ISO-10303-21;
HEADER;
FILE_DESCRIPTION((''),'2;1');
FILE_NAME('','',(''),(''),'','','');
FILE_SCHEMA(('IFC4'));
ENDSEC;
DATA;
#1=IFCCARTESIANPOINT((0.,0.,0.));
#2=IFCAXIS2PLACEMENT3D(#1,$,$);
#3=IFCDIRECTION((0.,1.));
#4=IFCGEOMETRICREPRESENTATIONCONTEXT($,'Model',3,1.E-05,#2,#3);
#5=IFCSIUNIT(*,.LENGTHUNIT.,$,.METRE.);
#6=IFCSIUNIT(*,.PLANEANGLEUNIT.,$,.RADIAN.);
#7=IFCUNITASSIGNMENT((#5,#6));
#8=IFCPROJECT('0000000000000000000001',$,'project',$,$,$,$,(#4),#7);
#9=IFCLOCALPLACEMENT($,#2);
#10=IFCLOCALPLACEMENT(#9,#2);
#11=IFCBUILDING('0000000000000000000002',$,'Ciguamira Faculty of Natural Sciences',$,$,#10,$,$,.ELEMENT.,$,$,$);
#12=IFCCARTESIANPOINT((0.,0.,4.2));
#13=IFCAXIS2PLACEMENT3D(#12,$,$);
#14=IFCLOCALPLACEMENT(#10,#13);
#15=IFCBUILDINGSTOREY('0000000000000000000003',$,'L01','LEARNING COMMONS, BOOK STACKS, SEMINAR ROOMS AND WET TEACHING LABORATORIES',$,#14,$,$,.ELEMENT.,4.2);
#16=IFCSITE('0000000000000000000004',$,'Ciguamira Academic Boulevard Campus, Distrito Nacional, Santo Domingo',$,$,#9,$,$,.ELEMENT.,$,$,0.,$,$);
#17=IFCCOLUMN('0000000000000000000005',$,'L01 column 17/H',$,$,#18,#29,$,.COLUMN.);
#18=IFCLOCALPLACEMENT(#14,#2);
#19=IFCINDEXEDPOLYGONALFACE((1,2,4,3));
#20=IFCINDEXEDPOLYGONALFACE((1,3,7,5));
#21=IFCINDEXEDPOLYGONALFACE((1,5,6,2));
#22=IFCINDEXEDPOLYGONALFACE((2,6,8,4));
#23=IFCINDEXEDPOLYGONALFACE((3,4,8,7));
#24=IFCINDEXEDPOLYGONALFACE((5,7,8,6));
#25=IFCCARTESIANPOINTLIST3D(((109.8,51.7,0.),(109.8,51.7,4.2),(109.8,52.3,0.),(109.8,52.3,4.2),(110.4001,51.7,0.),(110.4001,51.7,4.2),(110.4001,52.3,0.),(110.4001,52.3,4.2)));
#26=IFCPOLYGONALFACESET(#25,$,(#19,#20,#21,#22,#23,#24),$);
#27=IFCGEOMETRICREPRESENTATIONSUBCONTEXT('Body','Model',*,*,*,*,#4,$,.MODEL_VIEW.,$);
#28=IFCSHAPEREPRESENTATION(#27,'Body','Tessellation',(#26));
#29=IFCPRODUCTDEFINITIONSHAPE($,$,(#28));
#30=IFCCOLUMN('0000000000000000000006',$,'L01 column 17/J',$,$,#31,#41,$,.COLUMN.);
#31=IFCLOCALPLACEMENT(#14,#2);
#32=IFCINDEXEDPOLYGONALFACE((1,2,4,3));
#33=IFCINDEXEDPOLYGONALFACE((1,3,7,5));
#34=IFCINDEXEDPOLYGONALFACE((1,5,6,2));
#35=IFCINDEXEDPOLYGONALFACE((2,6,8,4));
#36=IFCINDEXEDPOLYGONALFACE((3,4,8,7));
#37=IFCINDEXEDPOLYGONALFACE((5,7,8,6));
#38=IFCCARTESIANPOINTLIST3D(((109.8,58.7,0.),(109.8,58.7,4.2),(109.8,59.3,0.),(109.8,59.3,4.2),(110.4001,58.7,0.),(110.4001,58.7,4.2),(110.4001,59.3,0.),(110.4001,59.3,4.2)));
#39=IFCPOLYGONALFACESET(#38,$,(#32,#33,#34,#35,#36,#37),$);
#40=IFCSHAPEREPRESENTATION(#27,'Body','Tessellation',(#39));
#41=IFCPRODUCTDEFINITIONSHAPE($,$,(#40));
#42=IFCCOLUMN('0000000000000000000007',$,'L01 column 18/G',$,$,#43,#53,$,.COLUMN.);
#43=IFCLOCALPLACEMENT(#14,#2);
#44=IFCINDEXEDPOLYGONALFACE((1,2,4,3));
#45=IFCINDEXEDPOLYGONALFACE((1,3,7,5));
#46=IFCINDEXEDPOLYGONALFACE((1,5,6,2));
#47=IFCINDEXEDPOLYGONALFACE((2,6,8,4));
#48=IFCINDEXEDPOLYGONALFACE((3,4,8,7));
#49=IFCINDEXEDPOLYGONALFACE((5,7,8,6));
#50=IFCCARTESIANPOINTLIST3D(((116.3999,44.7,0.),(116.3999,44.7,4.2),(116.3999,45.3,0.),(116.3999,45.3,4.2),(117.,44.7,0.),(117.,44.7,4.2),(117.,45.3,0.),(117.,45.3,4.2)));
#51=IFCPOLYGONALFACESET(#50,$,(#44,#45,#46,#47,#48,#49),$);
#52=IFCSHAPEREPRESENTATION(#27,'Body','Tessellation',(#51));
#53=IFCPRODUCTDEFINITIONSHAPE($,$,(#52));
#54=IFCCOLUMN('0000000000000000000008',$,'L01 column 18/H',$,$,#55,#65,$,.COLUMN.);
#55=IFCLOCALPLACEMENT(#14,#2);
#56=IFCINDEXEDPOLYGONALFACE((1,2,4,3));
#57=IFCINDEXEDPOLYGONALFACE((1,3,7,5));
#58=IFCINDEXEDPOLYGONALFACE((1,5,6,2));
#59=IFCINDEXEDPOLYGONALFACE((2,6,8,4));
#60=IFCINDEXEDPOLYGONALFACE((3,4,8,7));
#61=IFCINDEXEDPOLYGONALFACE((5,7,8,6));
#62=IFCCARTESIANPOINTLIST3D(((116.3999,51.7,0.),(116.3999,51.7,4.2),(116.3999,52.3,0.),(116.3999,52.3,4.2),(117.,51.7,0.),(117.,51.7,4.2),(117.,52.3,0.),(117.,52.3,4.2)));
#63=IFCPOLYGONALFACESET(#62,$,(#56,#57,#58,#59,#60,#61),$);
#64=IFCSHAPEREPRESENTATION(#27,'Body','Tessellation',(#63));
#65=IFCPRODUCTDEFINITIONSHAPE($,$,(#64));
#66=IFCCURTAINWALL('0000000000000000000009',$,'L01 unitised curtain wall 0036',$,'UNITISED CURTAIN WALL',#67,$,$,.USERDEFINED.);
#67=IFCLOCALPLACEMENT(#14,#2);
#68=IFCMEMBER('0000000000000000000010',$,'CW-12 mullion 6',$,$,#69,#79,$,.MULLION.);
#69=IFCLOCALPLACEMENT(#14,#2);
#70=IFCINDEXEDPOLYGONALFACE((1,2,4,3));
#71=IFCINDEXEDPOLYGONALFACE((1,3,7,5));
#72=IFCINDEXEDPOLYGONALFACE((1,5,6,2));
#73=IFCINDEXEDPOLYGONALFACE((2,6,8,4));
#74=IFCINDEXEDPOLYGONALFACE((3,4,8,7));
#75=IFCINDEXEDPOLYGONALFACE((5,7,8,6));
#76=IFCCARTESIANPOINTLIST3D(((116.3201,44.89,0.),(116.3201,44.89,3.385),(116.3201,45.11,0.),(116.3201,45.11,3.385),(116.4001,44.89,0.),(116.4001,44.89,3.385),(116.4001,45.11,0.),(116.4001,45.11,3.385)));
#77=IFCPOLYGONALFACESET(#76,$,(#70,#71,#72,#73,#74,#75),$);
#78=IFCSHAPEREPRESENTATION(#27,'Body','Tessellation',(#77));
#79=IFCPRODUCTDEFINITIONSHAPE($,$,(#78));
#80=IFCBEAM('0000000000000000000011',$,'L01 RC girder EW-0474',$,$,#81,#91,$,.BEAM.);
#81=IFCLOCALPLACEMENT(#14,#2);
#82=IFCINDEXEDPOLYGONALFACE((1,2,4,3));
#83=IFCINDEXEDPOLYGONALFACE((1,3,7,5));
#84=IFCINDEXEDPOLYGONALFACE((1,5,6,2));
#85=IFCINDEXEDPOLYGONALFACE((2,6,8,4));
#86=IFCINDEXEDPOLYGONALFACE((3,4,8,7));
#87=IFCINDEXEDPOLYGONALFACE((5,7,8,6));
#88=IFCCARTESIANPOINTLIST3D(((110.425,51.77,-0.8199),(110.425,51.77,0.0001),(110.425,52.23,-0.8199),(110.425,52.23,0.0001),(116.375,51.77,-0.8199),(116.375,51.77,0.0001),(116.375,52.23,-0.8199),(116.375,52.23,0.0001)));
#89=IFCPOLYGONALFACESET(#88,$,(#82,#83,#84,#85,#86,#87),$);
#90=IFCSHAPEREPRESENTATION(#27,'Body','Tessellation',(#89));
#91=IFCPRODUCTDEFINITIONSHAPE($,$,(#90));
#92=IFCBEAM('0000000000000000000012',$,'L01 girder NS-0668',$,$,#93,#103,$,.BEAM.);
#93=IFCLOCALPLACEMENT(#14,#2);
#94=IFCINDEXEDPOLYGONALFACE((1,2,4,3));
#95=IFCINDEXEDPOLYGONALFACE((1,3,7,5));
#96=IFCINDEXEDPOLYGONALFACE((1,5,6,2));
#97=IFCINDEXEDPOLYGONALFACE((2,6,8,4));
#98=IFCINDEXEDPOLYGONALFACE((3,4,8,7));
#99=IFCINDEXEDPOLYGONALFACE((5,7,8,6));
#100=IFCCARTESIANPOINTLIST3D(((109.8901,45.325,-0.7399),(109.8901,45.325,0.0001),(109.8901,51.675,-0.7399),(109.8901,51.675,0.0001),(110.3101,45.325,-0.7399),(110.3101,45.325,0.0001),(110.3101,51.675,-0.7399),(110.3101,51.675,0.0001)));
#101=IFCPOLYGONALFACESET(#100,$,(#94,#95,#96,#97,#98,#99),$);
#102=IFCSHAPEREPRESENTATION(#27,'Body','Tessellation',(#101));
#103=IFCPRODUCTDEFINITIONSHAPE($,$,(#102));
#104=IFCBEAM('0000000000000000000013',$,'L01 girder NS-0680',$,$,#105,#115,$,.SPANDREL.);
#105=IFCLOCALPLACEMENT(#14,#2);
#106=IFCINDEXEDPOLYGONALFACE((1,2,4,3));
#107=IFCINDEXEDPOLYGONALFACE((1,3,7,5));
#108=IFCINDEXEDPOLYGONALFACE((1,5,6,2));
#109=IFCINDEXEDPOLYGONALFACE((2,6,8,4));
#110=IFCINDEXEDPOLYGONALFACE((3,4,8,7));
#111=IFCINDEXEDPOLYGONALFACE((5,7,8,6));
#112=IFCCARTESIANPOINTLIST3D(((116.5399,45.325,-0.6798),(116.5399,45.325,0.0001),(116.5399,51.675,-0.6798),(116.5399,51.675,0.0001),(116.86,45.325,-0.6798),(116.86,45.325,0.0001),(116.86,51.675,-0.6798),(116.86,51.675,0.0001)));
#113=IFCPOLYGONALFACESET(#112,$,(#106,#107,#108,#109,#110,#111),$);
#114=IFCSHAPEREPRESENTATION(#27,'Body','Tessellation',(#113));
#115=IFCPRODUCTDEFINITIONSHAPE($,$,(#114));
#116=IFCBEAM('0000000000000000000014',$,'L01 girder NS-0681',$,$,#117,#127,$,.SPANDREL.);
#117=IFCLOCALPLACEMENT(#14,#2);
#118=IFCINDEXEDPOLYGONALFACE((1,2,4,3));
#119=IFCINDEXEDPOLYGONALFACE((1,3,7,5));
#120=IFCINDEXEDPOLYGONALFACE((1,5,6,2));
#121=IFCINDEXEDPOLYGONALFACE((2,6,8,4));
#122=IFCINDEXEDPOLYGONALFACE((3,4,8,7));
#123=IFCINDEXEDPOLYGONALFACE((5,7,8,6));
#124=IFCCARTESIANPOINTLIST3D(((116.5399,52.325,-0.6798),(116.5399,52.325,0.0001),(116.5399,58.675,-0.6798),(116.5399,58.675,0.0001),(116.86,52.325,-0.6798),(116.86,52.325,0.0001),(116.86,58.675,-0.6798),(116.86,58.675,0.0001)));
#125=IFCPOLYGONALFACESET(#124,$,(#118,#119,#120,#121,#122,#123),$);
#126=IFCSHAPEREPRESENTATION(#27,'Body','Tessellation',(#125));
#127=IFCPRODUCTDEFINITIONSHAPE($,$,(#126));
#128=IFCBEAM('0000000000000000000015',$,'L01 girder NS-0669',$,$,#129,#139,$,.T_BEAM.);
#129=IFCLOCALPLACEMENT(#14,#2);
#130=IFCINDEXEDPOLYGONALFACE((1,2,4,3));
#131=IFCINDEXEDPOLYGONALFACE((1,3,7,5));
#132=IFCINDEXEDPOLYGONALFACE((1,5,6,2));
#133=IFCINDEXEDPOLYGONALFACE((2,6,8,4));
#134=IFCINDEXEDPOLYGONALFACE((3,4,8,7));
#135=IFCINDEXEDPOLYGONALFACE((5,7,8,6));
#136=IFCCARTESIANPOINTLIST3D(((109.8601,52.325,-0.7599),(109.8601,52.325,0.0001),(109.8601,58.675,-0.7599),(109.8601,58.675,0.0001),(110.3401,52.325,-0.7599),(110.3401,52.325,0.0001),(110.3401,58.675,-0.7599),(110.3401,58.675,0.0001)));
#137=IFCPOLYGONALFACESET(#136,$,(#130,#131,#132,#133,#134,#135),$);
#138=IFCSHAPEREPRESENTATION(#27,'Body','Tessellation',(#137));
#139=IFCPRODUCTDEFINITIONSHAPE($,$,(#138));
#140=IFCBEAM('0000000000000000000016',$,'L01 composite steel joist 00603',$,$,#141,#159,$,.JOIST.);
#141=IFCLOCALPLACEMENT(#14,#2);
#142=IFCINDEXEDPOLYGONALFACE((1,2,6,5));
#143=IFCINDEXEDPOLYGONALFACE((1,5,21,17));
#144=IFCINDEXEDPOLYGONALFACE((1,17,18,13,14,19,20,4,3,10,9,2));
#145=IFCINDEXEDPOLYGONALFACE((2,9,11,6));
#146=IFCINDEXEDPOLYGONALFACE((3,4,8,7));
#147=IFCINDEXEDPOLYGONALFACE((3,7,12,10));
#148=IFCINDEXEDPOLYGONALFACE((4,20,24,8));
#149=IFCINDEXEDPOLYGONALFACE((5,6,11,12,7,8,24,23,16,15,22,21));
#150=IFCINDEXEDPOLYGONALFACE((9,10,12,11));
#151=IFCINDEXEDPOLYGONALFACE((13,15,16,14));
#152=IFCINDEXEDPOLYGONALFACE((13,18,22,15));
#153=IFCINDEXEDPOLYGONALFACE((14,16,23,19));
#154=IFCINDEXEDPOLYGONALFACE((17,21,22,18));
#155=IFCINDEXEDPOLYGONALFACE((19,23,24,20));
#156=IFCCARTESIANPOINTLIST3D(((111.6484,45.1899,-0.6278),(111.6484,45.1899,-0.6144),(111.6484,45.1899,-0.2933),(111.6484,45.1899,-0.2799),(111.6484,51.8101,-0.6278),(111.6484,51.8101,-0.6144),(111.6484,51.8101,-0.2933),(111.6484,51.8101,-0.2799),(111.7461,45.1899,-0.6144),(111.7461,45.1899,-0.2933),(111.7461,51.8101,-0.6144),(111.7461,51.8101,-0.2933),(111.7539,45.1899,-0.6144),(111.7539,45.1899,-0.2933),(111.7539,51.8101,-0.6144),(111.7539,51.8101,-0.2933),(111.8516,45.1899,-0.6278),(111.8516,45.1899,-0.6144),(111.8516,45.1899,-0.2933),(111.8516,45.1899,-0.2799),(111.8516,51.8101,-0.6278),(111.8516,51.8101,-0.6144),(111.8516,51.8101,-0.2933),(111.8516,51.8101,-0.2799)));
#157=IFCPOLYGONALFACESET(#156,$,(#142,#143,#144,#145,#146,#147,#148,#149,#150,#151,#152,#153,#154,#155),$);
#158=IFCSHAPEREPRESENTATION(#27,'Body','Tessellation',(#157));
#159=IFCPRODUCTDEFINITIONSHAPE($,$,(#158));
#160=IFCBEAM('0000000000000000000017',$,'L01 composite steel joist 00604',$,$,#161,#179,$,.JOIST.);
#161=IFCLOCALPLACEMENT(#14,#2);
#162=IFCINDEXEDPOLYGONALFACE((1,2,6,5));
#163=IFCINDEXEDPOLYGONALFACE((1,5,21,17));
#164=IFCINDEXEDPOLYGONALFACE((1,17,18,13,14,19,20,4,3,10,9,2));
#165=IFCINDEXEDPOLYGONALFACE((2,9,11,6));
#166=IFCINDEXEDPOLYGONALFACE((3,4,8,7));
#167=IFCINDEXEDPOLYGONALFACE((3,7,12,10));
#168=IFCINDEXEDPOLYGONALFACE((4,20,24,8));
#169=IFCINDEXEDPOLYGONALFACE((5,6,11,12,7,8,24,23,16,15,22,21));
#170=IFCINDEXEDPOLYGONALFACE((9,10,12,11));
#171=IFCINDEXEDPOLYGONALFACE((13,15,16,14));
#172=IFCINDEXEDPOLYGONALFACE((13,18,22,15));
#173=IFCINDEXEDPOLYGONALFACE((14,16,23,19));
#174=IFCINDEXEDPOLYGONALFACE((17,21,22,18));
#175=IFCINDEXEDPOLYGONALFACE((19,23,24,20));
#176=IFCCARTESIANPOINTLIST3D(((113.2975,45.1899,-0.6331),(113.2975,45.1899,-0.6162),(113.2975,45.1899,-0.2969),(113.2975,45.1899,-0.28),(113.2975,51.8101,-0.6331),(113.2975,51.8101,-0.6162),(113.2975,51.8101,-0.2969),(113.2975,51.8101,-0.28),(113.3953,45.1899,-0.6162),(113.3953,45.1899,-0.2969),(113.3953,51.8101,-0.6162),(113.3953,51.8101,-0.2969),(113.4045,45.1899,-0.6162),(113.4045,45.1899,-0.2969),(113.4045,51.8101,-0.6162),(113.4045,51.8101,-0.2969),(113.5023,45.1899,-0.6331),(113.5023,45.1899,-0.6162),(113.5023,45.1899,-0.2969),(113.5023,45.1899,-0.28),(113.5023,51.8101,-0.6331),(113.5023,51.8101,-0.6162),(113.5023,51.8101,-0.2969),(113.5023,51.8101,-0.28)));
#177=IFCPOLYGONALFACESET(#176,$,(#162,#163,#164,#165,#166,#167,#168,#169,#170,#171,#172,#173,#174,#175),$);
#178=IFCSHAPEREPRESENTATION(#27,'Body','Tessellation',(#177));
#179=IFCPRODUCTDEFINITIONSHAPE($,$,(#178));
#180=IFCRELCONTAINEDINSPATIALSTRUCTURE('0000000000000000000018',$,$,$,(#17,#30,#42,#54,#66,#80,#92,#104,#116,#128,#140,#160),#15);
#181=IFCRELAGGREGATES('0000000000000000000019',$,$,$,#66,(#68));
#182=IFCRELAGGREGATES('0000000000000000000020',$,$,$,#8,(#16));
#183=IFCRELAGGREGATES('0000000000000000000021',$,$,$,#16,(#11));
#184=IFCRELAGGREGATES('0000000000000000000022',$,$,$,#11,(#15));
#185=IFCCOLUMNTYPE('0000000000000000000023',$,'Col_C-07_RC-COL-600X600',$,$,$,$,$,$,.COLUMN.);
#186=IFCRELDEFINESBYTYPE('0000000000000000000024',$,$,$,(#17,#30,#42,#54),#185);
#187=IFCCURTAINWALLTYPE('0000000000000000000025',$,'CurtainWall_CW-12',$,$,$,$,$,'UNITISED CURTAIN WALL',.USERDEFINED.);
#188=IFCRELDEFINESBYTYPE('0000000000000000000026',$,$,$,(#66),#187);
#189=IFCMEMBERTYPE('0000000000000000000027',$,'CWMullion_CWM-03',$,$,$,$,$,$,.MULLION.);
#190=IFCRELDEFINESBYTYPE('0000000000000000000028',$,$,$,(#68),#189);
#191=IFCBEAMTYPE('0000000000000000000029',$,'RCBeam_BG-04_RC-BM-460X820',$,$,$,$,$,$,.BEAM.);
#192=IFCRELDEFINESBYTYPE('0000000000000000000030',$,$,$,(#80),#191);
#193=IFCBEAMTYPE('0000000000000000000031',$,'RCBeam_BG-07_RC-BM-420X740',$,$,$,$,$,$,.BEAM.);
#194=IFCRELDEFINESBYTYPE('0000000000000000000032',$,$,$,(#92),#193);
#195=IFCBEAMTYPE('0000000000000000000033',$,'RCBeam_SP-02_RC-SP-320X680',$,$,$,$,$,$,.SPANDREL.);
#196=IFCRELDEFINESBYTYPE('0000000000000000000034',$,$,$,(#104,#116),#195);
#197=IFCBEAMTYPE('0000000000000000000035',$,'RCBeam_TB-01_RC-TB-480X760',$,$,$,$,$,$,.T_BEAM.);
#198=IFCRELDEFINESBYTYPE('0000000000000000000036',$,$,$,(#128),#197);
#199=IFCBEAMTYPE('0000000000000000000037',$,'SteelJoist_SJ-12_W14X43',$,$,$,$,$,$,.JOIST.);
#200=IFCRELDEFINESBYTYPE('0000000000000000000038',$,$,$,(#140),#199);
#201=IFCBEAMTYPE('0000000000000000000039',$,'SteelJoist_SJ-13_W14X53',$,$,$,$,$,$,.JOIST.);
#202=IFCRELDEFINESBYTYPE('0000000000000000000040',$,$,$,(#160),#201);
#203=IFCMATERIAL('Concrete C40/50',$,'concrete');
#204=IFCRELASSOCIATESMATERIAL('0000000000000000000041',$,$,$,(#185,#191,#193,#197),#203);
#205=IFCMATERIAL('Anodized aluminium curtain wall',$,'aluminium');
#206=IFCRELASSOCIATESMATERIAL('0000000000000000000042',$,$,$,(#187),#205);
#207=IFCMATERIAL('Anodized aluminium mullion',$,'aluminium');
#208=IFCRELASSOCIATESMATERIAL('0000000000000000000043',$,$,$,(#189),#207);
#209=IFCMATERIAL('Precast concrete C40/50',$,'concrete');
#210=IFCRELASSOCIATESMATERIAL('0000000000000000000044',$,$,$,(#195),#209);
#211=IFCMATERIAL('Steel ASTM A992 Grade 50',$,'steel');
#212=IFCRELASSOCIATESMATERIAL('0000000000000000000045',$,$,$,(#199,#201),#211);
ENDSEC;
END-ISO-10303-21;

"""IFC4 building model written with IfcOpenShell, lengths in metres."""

from ifc_helpers import new_model, si_unit, direction, frame, origin, origin_2d, place, context, subcontext, project, spatial, rectangle, i_section, extrude, material, material_profile, profile_set, type_object, element, aggregate, save


model = new_model("IFC4")

# Units and contexts
model_context = context("Model", 3, precision=1e-05, world=origin(), true_north=direction((0.0, 1.0)))
body_context = subcontext(model_context, "Body", "Model", "MODEL_VIEW")
ifc_project = project(units=[si_unit("LENGTHUNIT", "METRE"), si_unit("PLANEANGLEUNIT", "RADIAN")], contexts=[model_context])

# Site, building, storey
site_placement = place(None, origin())
site = spatial("IfcSite", under=ifc_project, at=site_placement, Name="Ciguamira Academic Boulevard Campus, Distrito Nacional, Santo Domingo", CompositionType="ELEMENT", RefElevation=0.0)
building_placement = place(site_placement, origin())
building = spatial("IfcBuilding", under=site, at=building_placement, Name="Ciguamira Faculty of Natural Sciences", CompositionType="ELEMENT")
storey_placement = place(building_placement, frame((0.0, 0.0, 4.2)))
storey = spatial("IfcBuildingStorey", under=building, at=storey_placement, Name="L01", Description="LEARNING COMMONS, BOOK STACKS, SEMINAR ROOMS AND WET TEACHING LABORATORIES", CompositionType="ELEMENT", Elevation=4.2)

# Columns
ifc_material_1 = material(Name="Concrete C40/50", Category="concrete")
ifc_material_profile_1 = material_profile(ifc_material_1, rectangle(XDim=0.6001, YDim=0.6001, at=origin_2d()), Name="RC-COL-600X600")
ifc_profile_set_1 = profile_set([ifc_material_profile_1], Name="Concrete C40/50")
column_type = type_object("IfcColumnType", Name="Col_C-07_RC-COL-600X600", PredefinedType="COLUMN", material=ifc_profile_set_1)
for number, where, z_axis, x_axis, name in (
    (1, (110.1001, 52.0, 0.0), (0.0, 0.0, 1.0), (1.0, 0.0, 0.0), "L01 column 17/H"),
    (2, (110.1001, 59.0, 0.0), (0.0, 0.0, 1.0), (1.0, 0.0, 0.0), "L01 column 17/J"),
    (3, (116.7, 45.0, 0.0), (0.0, 0.0, 1.0), (1.0, 0.0, 0.0), "L01 column 18/G"),
    (4, (116.7, 52.0, 0.0), (0.0, 0.0, 1.0), (1.0, 0.0, 0.0), "L01 column 18/H"),
):
    element("IfcColumn", number, at=place(storey_placement, frame(where, z_axis=z_axis, x_axis=x_axis)), inside=storey, type_object=column_type, Name=name, PredefinedType="COLUMN", context=body_context, shape_type="SweptSolid", body=[
        extrude(rectangle(XDim=0.6001, YDim=0.6001, at=origin_2d()), origin(), (0.0, 0.0, 1.0), 4.2),
    ])

# Curtain wall, member
ifc_material_2 = material(Name="Anodized aluminium curtain wall", Category="aluminium")
curtain_wall_type = type_object("IfcCurtainWallType", Name="CurtainWall_CW-12", ElementType="UNITISED CURTAIN WALL", PredefinedType="USERDEFINED", material=ifc_material_2)
curtain_wall_placement = place(storey_placement, origin())
curtain_wall = element("IfcCurtainWall", 5, at=curtain_wall_placement, inside=storey, type_object=curtain_wall_type, Name="L01 unitised curtain wall 0036", ObjectType="UNITISED CURTAIN WALL", PredefinedType="USERDEFINED")
ifc_material_3 = material(Name="Anodized aluminium mullion", Category="aluminium")
ifc_material_profile_2 = material_profile(ifc_material_3, rectangle(XDim=0.0801, YDim=0.22, at=origin_2d()), Name="ALU-MUL-80X220")
ifc_profile_set_2 = profile_set([ifc_material_profile_2], Name="Anodized aluminium mullion")
member_type = type_object("IfcMemberType", Name="CWMullion_CWM-03", PredefinedType="MULLION", material=ifc_profile_set_2)
member_placement = place(storey_placement, frame((116.3601, 45.0, 0.0), z_axis=(0.0, 0.0, 1.0), x_axis=(1.0, 0.0, 0.0)))
member = element("IfcMember", 6, at=member_placement, type_object=member_type, Name="CW-12 mullion 6", PredefinedType="MULLION", context=body_context, shape_type="SweptSolid", body=[
    extrude(rectangle(XDim=0.0801, YDim=0.22, at=origin_2d()), origin(), (0.0, 0.0, 1.0), 3.385),
])

# Beams
ifc_material_profile_3 = material_profile(ifc_material_1, rectangle(XDim=0.46, YDim=0.8201, at=origin_2d()), Name="RC-BM-460X820")
ifc_profile_set_3 = profile_set([ifc_material_profile_3], Name="Concrete C40/50")
beam_type_1 = type_object("IfcBeamType", Name="RCBeam_BG-04_RC-BM-460X820", PredefinedType="BEAM", material=ifc_profile_set_3)
beam_1_placement = place(storey_placement, frame((110.425, 52.0, -0.4099), z_axis=(1.0, 0.0, 0.0), x_axis=(0.0, 1.0, 0.0)))
element("IfcBeam", 7, at=beam_1_placement, inside=storey, type_object=beam_type_1, Name="L01 RC girder EW-0474", PredefinedType="BEAM", context=body_context, shape_type="SweptSolid", body=[
    extrude(rectangle(XDim=0.46, YDim=0.8201, at=origin_2d()), origin(), (0.0, 0.0, 1.0), 5.95),
])
ifc_material_profile_4 = material_profile(ifc_material_1, rectangle(XDim=0.4199, YDim=0.74, at=origin_2d()), Name="RC-BM-420X740")
ifc_profile_set_4 = profile_set([ifc_material_profile_4], Name="Concrete C40/50")
beam_type_2 = type_object("IfcBeamType", Name="RCBeam_BG-07_RC-BM-420X740", PredefinedType="BEAM", material=ifc_profile_set_4)
beam_2_placement = place(storey_placement, frame((110.1001, 45.325, -0.3699), z_axis=(0.0, 1.0, 0.0), x_axis=(-1.0, 0.0, 0.0)))
element("IfcBeam", 8, at=beam_2_placement, inside=storey, type_object=beam_type_2, Name="L01 girder NS-0668", PredefinedType="BEAM", context=body_context, shape_type="SweptSolid", body=[
    extrude(rectangle(XDim=0.4199, YDim=0.74, at=origin_2d()), origin(), (0.0, 0.0, 1.0), 6.3501),
])
ifc_material_4 = material(Name="Precast concrete C40/50", Category="concrete")
ifc_material_profile_5 = material_profile(ifc_material_4, rectangle(XDim=0.3201, YDim=0.6799, at=origin_2d()), Name="RC-SP-320X680")
ifc_profile_set_5 = profile_set([ifc_material_profile_5], Name="Precast concrete C40/50")
beam_type_3 = type_object("IfcBeamType", Name="RCBeam_SP-02_RC-SP-320X680", PredefinedType="SPANDREL", material=ifc_profile_set_5)
for number, where, z_axis, x_axis, name in (
    (9, (116.7, 45.325, -0.3398), (0.0, 1.0, 0.0), (-1.0, 0.0, 0.0), "L01 girder NS-0680"),
    (10, (116.7, 52.325, -0.3398), (0.0, 1.0, 0.0), (-1.0, 0.0, 0.0), "L01 girder NS-0681"),
):
    element("IfcBeam", number, at=place(storey_placement, frame(where, z_axis=z_axis, x_axis=x_axis)), inside=storey, type_object=beam_type_3, Name=name, PredefinedType="SPANDREL", context=body_context, shape_type="SweptSolid", body=[
        extrude(rectangle(XDim=0.3201, YDim=0.6799, at=origin_2d()), origin(), (0.0, 0.0, 1.0), 6.3501),
    ])
ifc_material_profile_6 = material_profile(ifc_material_1, rectangle(XDim=0.48, YDim=0.76, at=origin_2d()), Name="RC-TB-480X760")
ifc_profile_set_6 = profile_set([ifc_material_profile_6], Name="Concrete C40/50")
beam_type_4 = type_object("IfcBeamType", Name="RCBeam_TB-01_RC-TB-480X760", PredefinedType="T_BEAM", material=ifc_profile_set_6)
beam_3_placement = place(storey_placement, frame((110.1001, 52.325, -0.3799), z_axis=(0.0, 1.0, 0.0), x_axis=(-1.0, 0.0, 0.0)))
element("IfcBeam", 11, at=beam_3_placement, inside=storey, type_object=beam_type_4, Name="L01 girder NS-0669", PredefinedType="T_BEAM", context=body_context, shape_type="SweptSolid", body=[
    extrude(rectangle(XDim=0.48, YDim=0.76, at=origin_2d()), origin(), (0.0, 0.0, 1.0), 6.3501),
])
ifc_material_5 = material(Name="Steel ASTM A992 Grade 50", Category="steel")
ifc_material_profile_7 = material_profile(ifc_material_5, i_section(OverallWidth=0.2031, OverallDepth=0.3479, WebThickness=0.0078, FlangeThickness=0.0134, at=origin_2d()), Name="W14X43")
ifc_profile_set_7 = profile_set([ifc_material_profile_7], Name="Steel ASTM A992 Grade 50")
beam_type_5 = type_object("IfcBeamType", Name="SteelJoist_SJ-12_W14X43", PredefinedType="JOIST", material=ifc_profile_set_7)
beam_4_placement = place(storey_placement, frame((111.75, 45.1899, -0.4539), z_axis=(0.0, 1.0, 0.0), x_axis=(-1.0, 0.0, 0.0)))
element("IfcBeam", 12, at=beam_4_placement, inside=storey, type_object=beam_type_5, Name="L01 composite steel joist 00603", PredefinedType="JOIST", context=body_context, shape_type="SweptSolid", body=[
    extrude(i_section(OverallWidth=0.2031, OverallDepth=0.3479, WebThickness=0.0078, FlangeThickness=0.0134, at=origin_2d()), origin(), (0.0, 0.0, 1.0), 6.6201),
])
ifc_material_profile_8 = material_profile(ifc_material_5, i_section(OverallWidth=0.2048, OverallDepth=0.353, WebThickness=0.0093, FlangeThickness=0.0168, at=origin_2d()), Name="W14X53")
ifc_profile_set_8 = profile_set([ifc_material_profile_8], Name="Steel ASTM A992 Grade 50")
beam_type_6 = type_object("IfcBeamType", Name="SteelJoist_SJ-13_W14X53", PredefinedType="JOIST", material=ifc_profile_set_8)
beam_5_placement = place(storey_placement, frame((113.3999, 45.1899, -0.4565), z_axis=(0.0, 1.0, 0.0), x_axis=(-1.0, 0.0, 0.0)))
element("IfcBeam", 13, at=beam_5_placement, inside=storey, type_object=beam_type_6, Name="L01 composite steel joist 00604", PredefinedType="JOIST", context=body_context, shape_type="SweptSolid", body=[
    extrude(i_section(OverallWidth=0.2048, OverallDepth=0.353, WebThickness=0.0093, FlangeThickness=0.0168, at=origin_2d()), origin(), (0.0, 0.0, 1.0), 6.6201),
])

aggregate(curtain_wall, [member])

save(model, "model.ifc")
